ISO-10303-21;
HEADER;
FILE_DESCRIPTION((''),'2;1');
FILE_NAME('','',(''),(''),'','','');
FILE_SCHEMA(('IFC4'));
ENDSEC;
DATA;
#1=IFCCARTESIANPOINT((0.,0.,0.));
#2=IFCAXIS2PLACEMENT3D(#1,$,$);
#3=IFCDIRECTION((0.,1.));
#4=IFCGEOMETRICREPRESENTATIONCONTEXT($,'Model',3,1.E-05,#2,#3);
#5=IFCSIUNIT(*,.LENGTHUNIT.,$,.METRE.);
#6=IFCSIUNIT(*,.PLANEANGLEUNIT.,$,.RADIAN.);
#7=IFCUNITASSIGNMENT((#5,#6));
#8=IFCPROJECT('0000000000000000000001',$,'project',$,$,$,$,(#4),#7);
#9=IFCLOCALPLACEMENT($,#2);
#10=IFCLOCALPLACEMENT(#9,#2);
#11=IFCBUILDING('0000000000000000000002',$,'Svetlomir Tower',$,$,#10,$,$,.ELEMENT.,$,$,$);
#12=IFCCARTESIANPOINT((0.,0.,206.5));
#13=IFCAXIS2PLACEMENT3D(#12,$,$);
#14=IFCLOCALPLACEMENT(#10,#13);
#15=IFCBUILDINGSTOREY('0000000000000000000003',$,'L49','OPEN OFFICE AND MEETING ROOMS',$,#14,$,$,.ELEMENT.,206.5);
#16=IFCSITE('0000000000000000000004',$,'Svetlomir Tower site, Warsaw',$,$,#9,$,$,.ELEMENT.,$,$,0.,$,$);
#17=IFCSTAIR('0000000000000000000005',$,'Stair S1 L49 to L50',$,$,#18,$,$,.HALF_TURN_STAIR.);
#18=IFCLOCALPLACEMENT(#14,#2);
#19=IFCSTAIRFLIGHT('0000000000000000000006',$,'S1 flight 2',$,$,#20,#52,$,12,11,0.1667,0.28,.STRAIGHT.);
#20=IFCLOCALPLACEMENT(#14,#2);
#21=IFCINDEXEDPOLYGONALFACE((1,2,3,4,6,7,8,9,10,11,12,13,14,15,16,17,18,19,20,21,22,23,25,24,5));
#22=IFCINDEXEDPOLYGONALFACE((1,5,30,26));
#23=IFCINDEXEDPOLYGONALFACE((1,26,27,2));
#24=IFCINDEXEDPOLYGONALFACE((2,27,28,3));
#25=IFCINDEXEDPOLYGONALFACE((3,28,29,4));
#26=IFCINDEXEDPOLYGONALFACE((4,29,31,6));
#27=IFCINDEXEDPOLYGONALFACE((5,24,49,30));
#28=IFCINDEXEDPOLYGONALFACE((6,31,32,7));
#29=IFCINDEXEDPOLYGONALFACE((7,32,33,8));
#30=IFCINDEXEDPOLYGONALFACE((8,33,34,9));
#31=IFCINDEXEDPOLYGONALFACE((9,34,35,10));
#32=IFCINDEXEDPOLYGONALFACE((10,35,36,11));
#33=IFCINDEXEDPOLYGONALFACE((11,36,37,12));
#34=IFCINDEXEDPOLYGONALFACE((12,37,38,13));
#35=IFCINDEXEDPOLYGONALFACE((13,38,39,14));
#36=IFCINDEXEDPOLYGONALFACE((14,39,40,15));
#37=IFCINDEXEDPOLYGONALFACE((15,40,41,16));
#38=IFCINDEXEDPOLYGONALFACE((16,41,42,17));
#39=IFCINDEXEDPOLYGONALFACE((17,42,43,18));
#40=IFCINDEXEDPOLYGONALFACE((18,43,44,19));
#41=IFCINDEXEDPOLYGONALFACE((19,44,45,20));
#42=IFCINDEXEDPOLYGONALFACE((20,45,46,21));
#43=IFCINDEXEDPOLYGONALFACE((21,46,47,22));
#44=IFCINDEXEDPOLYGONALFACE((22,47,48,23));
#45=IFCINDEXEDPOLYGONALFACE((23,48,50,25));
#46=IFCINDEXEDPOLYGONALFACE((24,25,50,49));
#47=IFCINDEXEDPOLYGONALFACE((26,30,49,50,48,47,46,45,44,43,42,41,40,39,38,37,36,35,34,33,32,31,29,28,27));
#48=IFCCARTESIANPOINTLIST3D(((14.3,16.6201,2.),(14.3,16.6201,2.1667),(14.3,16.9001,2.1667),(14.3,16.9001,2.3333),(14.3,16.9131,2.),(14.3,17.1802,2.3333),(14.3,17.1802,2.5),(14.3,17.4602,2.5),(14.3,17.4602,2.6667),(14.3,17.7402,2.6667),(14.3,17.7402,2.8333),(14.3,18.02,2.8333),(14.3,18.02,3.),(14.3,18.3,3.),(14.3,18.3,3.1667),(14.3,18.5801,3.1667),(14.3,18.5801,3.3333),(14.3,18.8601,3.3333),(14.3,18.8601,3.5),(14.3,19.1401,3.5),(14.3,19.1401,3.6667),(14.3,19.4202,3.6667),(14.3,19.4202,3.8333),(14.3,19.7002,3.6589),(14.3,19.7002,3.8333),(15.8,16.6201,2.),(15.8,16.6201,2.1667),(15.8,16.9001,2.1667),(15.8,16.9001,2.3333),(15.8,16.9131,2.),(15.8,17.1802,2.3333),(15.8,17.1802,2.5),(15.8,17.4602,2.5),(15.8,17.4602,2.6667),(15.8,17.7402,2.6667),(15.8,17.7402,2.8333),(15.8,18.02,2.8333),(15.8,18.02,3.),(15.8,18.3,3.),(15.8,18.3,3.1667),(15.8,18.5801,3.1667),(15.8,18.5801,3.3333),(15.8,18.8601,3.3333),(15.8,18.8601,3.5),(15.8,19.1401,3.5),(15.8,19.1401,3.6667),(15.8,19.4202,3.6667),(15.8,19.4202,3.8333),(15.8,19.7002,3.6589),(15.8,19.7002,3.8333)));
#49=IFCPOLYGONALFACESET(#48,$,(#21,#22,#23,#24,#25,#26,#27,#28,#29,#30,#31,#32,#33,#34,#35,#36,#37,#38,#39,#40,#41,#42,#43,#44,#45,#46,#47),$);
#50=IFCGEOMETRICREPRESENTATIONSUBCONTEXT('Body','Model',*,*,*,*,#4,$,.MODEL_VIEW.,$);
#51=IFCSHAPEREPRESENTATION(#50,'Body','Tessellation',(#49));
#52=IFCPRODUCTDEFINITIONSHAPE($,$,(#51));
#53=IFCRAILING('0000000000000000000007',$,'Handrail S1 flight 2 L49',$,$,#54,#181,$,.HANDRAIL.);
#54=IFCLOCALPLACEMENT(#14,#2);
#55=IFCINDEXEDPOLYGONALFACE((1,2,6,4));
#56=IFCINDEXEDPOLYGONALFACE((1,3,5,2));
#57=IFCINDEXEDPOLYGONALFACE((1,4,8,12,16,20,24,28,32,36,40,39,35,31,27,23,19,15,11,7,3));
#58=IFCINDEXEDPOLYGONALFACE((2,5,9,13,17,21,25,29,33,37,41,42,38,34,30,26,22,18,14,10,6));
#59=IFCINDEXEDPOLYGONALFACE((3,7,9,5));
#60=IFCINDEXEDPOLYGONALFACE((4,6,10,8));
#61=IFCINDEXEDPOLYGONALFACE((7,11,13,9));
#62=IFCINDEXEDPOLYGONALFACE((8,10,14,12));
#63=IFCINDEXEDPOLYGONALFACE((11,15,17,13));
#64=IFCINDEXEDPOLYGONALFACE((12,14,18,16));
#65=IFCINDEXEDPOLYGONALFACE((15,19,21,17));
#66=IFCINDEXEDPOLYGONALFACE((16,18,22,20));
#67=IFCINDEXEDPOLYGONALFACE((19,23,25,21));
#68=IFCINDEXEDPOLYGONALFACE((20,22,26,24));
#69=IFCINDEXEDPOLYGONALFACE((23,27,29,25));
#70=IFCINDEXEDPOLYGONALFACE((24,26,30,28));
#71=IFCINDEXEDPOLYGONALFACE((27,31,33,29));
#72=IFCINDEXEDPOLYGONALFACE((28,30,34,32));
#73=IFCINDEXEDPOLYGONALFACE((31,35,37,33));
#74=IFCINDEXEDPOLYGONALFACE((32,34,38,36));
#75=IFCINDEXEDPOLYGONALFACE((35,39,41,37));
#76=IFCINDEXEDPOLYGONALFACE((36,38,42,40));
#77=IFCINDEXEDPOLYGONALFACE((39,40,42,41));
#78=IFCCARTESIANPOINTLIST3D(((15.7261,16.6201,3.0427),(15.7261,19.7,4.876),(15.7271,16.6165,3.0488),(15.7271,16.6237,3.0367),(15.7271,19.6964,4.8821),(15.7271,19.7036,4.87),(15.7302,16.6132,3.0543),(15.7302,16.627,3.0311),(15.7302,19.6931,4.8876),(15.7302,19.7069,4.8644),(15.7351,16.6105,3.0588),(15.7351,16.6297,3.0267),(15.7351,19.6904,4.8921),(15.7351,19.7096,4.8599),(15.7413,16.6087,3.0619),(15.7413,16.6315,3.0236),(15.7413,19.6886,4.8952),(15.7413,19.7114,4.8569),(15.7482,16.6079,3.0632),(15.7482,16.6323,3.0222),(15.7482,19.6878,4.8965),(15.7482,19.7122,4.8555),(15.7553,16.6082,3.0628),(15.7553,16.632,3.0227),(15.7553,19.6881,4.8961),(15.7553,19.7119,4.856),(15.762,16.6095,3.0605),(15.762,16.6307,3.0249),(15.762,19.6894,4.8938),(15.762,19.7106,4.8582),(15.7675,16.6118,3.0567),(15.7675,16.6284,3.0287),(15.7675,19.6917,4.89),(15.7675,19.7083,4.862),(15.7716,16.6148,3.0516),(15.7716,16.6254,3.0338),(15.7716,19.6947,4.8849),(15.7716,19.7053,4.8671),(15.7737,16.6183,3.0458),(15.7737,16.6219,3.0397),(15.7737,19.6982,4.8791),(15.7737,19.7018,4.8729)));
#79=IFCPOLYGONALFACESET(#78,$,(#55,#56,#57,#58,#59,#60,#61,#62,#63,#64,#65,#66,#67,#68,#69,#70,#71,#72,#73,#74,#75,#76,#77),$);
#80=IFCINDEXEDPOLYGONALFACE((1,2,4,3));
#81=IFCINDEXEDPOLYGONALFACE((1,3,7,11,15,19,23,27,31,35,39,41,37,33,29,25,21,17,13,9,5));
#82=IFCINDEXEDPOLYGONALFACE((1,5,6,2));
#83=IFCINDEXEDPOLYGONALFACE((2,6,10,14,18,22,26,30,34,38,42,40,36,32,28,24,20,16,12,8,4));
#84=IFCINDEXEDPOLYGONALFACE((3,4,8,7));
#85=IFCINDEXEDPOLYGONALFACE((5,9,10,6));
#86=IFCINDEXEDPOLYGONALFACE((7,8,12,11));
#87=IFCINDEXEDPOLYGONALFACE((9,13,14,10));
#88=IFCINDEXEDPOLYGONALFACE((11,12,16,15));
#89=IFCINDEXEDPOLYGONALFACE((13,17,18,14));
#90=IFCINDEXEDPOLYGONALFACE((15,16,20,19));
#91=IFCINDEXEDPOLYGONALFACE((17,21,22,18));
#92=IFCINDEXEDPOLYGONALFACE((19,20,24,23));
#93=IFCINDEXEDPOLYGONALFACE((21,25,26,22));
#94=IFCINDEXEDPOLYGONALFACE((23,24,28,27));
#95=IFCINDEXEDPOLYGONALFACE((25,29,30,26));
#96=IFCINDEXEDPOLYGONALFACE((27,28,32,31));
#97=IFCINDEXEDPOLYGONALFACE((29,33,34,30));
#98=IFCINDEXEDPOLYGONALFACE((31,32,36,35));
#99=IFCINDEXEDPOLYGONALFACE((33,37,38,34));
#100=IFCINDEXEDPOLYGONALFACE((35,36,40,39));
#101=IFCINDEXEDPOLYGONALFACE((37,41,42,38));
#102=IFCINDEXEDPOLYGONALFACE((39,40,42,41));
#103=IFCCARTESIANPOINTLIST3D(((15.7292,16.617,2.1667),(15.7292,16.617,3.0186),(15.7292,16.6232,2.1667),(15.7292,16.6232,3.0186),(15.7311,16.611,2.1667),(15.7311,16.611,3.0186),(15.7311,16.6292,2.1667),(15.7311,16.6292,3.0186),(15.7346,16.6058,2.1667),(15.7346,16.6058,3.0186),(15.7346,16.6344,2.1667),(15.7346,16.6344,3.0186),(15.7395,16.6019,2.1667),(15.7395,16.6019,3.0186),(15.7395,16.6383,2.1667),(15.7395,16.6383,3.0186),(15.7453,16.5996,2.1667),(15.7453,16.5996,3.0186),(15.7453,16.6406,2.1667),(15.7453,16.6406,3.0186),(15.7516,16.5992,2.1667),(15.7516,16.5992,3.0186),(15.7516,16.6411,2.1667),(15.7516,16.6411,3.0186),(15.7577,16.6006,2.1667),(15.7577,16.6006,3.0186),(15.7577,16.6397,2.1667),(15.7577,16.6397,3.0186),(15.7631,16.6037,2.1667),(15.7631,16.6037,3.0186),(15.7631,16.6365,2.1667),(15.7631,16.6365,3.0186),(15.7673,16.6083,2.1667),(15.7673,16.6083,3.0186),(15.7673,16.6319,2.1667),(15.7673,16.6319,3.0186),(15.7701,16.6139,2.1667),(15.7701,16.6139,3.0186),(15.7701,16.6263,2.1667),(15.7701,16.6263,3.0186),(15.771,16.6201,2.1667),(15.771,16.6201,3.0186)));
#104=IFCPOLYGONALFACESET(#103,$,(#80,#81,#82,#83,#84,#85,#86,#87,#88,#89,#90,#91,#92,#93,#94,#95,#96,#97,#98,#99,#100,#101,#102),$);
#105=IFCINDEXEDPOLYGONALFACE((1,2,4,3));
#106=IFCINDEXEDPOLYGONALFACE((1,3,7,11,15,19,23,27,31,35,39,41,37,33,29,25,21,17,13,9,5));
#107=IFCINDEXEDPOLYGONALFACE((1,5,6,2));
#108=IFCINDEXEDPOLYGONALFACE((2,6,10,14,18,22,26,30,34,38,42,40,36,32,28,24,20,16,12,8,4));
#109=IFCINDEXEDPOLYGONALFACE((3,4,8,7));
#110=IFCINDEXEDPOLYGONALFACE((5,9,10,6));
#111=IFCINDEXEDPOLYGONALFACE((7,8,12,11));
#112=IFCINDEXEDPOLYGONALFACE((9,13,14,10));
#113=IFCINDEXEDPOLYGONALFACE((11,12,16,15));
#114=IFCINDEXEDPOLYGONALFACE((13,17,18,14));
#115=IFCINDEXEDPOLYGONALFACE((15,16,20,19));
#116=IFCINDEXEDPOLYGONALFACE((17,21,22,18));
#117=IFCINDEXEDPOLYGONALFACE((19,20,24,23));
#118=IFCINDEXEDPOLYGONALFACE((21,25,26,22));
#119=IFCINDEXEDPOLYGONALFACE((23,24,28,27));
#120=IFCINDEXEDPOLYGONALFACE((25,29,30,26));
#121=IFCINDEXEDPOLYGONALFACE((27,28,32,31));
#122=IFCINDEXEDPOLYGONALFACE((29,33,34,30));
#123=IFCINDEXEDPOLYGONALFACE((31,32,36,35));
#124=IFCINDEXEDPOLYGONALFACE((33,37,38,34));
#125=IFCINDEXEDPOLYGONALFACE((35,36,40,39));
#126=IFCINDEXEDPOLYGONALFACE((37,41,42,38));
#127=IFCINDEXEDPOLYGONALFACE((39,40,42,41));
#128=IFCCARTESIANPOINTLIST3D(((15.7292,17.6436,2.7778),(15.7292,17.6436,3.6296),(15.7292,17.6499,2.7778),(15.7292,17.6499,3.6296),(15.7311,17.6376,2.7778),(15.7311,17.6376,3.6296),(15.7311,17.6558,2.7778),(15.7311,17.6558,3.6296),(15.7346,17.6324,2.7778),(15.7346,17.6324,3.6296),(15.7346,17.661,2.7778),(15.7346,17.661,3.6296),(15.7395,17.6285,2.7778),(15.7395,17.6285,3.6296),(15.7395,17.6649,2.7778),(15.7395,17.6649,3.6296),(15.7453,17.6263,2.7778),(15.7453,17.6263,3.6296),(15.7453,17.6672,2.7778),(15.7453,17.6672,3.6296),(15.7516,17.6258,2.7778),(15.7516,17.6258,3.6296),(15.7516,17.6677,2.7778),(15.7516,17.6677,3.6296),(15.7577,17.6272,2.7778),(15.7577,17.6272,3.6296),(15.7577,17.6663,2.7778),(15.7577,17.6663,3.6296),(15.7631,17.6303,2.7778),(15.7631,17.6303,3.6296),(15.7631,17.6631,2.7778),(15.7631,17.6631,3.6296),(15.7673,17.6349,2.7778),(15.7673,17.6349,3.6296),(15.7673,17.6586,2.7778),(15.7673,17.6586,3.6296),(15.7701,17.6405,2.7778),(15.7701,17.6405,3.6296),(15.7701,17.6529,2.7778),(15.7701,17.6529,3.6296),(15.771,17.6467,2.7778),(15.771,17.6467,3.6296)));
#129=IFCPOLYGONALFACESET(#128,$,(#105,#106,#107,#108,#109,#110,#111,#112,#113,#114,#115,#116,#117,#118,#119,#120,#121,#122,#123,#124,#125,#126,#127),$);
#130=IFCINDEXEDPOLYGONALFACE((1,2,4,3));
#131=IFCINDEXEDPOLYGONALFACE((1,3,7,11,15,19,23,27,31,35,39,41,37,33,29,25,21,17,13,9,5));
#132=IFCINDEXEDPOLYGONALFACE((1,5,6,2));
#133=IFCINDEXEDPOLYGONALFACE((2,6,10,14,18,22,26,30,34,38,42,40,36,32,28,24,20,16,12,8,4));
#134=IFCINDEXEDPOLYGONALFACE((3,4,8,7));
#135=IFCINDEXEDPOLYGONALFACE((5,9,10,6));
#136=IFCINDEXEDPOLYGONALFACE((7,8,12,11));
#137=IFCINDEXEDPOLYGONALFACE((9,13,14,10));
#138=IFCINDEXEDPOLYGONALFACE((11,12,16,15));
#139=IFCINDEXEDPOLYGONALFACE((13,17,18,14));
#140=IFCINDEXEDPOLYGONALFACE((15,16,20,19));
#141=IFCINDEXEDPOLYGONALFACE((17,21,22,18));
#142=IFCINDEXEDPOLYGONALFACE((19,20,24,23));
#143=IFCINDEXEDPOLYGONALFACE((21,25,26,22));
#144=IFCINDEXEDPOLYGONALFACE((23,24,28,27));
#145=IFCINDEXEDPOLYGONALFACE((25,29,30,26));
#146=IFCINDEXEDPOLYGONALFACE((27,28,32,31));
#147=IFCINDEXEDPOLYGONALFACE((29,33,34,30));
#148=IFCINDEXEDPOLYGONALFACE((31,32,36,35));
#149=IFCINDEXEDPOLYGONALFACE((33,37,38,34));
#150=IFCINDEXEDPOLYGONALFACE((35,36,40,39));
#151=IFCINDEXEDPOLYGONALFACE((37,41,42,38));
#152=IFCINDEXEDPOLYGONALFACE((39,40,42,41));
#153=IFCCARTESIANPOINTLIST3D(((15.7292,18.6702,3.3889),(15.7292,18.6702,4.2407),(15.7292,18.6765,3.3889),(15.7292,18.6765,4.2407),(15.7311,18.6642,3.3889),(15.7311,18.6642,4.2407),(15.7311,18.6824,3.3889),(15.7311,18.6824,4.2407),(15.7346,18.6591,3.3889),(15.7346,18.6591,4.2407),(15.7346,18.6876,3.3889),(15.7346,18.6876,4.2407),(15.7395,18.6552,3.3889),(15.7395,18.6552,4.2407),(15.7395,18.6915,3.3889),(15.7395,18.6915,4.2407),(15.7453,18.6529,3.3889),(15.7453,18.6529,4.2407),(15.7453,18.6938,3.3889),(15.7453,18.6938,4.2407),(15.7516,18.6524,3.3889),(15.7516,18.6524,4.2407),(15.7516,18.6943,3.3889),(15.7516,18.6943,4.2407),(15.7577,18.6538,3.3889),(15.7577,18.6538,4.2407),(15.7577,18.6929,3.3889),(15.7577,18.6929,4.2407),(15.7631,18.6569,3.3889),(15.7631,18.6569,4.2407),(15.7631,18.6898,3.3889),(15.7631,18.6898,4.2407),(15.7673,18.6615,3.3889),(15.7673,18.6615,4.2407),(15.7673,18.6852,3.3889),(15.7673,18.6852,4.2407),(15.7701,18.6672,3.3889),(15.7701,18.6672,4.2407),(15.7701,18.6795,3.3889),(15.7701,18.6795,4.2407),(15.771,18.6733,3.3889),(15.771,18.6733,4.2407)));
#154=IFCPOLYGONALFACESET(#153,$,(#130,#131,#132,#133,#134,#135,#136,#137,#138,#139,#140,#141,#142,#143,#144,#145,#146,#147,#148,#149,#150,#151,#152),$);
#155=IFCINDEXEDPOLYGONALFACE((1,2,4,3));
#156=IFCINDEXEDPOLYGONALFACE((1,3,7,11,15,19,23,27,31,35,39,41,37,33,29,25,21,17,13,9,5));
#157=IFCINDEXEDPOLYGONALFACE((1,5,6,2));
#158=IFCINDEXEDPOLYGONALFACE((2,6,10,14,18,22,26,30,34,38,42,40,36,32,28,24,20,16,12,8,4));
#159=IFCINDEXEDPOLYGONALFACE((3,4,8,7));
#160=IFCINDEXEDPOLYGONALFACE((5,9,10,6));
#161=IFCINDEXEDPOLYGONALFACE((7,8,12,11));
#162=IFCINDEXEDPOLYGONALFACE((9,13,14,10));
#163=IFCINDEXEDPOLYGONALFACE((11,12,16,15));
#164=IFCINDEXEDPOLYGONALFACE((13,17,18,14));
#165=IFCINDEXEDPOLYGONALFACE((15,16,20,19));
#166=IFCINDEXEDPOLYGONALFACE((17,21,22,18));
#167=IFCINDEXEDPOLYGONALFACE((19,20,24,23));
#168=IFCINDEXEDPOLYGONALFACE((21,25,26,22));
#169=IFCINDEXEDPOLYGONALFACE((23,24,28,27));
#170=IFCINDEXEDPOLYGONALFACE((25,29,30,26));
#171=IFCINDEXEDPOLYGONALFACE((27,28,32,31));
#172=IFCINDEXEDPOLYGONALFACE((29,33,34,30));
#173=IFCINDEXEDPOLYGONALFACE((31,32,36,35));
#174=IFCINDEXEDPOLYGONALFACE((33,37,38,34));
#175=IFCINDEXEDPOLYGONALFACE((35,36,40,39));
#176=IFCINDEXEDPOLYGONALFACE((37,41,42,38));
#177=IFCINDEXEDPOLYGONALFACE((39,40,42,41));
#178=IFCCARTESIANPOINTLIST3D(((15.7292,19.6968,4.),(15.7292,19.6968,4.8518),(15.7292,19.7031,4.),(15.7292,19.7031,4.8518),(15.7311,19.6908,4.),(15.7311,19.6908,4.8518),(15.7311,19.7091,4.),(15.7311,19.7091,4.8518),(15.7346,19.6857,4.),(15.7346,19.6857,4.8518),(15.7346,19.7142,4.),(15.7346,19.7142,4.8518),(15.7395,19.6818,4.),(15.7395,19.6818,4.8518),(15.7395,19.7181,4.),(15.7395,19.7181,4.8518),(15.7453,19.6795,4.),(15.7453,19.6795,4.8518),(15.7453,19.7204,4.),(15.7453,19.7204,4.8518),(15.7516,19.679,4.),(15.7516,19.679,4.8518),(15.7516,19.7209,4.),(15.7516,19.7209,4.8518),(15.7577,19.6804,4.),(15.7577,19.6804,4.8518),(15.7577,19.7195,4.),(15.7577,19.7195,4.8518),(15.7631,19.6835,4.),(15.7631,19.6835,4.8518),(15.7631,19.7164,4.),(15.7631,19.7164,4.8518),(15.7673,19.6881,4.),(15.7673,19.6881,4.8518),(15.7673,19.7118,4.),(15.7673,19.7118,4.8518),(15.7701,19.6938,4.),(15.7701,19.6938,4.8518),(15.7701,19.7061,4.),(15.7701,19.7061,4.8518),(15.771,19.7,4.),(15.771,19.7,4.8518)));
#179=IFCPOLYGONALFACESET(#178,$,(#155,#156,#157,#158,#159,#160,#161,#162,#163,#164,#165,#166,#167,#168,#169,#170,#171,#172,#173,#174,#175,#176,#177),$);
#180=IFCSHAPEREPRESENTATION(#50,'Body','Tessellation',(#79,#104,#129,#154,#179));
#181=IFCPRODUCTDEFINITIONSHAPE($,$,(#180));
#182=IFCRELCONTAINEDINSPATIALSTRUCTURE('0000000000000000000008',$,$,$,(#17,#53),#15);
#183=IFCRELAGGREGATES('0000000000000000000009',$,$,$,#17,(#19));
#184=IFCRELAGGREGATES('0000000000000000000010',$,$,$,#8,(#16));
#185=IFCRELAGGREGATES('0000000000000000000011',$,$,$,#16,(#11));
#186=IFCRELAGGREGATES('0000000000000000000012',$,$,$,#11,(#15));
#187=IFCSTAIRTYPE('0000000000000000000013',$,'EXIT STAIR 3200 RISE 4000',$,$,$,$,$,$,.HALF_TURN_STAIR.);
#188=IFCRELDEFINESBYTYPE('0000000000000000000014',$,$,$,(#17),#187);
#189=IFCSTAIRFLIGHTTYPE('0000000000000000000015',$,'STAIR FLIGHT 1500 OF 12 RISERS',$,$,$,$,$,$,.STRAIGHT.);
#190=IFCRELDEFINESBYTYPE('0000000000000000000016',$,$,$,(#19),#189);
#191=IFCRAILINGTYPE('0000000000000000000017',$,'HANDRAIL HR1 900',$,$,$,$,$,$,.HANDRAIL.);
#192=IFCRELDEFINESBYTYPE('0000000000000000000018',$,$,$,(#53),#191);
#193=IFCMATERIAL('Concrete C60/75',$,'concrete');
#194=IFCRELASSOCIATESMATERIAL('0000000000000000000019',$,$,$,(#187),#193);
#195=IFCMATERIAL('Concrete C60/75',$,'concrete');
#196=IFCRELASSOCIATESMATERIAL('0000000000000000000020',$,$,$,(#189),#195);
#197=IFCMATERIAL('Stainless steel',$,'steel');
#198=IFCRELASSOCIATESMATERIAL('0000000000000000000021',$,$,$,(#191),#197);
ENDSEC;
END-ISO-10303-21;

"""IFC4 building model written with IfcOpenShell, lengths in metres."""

from ifc_helpers import new_model, si_unit, direction, frame, origin, origin_2d, place, context, subcontext, project, spatial, polyline, circle, outline, extrude, material, type_object, element, aggregate, save


model = new_model("IFC4")

# Units and contexts
model_context = context("Model", 3, precision=1e-05, world=origin(), true_north=direction((0.0, 1.0)))
body_context = subcontext(model_context, "Body", "Model", "MODEL_VIEW")
ifc_project = project(units=[si_unit("LENGTHUNIT", "METRE"), si_unit("PLANEANGLEUNIT", "RADIAN")], contexts=[model_context])

# Site, building, storey
site_placement = place(None, origin())
site = spatial("IfcSite", under=ifc_project, at=site_placement, Name="Svetlomir Tower site, Warsaw", CompositionType="ELEMENT", RefElevation=0.0)
building_placement = place(site_placement, origin())
building = spatial("IfcBuilding", under=site, at=building_placement, Name="Svetlomir Tower", CompositionType="ELEMENT")
storey_placement = place(building_placement, frame((0.0, 0.0, 206.5)))
storey = spatial("IfcBuildingStorey", under=building, at=storey_placement, Name="L49", Description="OPEN OFFICE AND MEETING ROOMS", CompositionType="ELEMENT", Elevation=206.5)

# Stair, stair flight
ifc_material_1 = material(Name="Concrete C60/75", Category="concrete")
stair_type = type_object("IfcStairType", Name="EXIT STAIR 3200 RISE 4000", PredefinedType="HALF_TURN_STAIR", material=ifc_material_1)
stair_placement = place(storey_placement, origin())
stair = element("IfcStair", 1, at=stair_placement, inside=storey, type_object=stair_type, Name="Stair S1 L49 to L50", PredefinedType="HALF_TURN_STAIR")
ifc_material_2 = material(Name="Concrete C60/75", Category="concrete")
stair_flight_type = type_object("IfcStairFlightType", Name="STAIR FLIGHT 1500 OF 12 RISERS", PredefinedType="STRAIGHT", material=ifc_material_2)
stair_flight_placement = place(storey_placement, frame((15.05, 16.6201, 2.0), z_axis=(0.0, 0.0, 1.0), x_axis=(0.0, 1.0, 0.0)))
stair_flight = element("IfcStairFlight", 2, at=stair_flight_placement, type_object=stair_flight_type, Name="S1 flight 2", NumberOfRisers=12, NumberOfTreads=11, PredefinedType="STRAIGHT", RiserHeight=0.1667, TreadLength=0.28, context=body_context, shape_type="SweptSolid", body=[
    extrude(outline(polyline([(0.0, 0.0), (0.0, 0.1667), (0.28, 0.1667), (0.28, 0.3333), (0.5601, 0.3333), (0.5601, 0.5), (0.8401, 0.5), (0.8401, 0.6667), (1.1201, 0.6667), (1.1201, 0.8333), (1.3999, 0.8333), (1.3999, 1.0), (1.6799, 1.0), (1.6799, 1.1667), (1.96, 1.1667), (1.96, 1.3333), (2.24, 1.3333), (2.24, 1.5), (2.52, 1.5), (2.52, 1.6667), (2.8, 1.6667), (2.8, 1.8333), (3.0801, 1.8333), (3.0801, 2.0), (3.0801, 1.6589), (0.293, 0.0), (0.0, 0.0)])), frame((0.0, 0.75, 0.0), z_axis=(0.0, -1.0, 0.0), x_axis=(1.0, 0.0, 0.0)), (0.0, 0.0, 1.0), 1.5),
])
aggregate(stair, [stair_flight])

# Railing
ifc_material_3 = material(Name="Stainless steel", Category="steel")
railing_type = type_object("IfcRailingType", Name="HANDRAIL HR1 900", PredefinedType="HANDRAIL", material=ifc_material_3)
railing_placement = place(storey_placement, frame((15.75, 16.6201, 2.1667)))
element("IfcRailing", 3, at=railing_placement, inside=storey, type_object=railing_type, Name="Handrail S1 flight 2 L49", PredefinedType="HANDRAIL", context=body_context, shape_type="SweptSolid", body=[
    extrude(circle(Radius=0.0239, at=origin_2d()), frame((0.0, 0.0, 0.876), z_axis=(0.0, 0.859291, 0.511487), x_axis=(-1.0, 0.0, 0.0)), (0.0, 0.0, 1.0), 3.5842),
    extrude(circle(Radius=0.021, at=origin_2d()), origin(), (0.0, 0.0, 1.0), 0.8518),
    extrude(circle(Radius=0.021, at=origin_2d()), frame((0.0, 1.0266, 0.6111)), (0.0, 0.0, 1.0), 0.8518),
    extrude(circle(Radius=0.021, at=origin_2d()), frame((0.0, 2.0532, 1.2222)), (0.0, 0.0, 1.0), 0.8518),
    extrude(circle(Radius=0.021, at=origin_2d()), frame((0.0, 3.0798, 1.8333)), (0.0, 0.0, 1.0), 0.8518),
])

save(model, "model.ifc")
